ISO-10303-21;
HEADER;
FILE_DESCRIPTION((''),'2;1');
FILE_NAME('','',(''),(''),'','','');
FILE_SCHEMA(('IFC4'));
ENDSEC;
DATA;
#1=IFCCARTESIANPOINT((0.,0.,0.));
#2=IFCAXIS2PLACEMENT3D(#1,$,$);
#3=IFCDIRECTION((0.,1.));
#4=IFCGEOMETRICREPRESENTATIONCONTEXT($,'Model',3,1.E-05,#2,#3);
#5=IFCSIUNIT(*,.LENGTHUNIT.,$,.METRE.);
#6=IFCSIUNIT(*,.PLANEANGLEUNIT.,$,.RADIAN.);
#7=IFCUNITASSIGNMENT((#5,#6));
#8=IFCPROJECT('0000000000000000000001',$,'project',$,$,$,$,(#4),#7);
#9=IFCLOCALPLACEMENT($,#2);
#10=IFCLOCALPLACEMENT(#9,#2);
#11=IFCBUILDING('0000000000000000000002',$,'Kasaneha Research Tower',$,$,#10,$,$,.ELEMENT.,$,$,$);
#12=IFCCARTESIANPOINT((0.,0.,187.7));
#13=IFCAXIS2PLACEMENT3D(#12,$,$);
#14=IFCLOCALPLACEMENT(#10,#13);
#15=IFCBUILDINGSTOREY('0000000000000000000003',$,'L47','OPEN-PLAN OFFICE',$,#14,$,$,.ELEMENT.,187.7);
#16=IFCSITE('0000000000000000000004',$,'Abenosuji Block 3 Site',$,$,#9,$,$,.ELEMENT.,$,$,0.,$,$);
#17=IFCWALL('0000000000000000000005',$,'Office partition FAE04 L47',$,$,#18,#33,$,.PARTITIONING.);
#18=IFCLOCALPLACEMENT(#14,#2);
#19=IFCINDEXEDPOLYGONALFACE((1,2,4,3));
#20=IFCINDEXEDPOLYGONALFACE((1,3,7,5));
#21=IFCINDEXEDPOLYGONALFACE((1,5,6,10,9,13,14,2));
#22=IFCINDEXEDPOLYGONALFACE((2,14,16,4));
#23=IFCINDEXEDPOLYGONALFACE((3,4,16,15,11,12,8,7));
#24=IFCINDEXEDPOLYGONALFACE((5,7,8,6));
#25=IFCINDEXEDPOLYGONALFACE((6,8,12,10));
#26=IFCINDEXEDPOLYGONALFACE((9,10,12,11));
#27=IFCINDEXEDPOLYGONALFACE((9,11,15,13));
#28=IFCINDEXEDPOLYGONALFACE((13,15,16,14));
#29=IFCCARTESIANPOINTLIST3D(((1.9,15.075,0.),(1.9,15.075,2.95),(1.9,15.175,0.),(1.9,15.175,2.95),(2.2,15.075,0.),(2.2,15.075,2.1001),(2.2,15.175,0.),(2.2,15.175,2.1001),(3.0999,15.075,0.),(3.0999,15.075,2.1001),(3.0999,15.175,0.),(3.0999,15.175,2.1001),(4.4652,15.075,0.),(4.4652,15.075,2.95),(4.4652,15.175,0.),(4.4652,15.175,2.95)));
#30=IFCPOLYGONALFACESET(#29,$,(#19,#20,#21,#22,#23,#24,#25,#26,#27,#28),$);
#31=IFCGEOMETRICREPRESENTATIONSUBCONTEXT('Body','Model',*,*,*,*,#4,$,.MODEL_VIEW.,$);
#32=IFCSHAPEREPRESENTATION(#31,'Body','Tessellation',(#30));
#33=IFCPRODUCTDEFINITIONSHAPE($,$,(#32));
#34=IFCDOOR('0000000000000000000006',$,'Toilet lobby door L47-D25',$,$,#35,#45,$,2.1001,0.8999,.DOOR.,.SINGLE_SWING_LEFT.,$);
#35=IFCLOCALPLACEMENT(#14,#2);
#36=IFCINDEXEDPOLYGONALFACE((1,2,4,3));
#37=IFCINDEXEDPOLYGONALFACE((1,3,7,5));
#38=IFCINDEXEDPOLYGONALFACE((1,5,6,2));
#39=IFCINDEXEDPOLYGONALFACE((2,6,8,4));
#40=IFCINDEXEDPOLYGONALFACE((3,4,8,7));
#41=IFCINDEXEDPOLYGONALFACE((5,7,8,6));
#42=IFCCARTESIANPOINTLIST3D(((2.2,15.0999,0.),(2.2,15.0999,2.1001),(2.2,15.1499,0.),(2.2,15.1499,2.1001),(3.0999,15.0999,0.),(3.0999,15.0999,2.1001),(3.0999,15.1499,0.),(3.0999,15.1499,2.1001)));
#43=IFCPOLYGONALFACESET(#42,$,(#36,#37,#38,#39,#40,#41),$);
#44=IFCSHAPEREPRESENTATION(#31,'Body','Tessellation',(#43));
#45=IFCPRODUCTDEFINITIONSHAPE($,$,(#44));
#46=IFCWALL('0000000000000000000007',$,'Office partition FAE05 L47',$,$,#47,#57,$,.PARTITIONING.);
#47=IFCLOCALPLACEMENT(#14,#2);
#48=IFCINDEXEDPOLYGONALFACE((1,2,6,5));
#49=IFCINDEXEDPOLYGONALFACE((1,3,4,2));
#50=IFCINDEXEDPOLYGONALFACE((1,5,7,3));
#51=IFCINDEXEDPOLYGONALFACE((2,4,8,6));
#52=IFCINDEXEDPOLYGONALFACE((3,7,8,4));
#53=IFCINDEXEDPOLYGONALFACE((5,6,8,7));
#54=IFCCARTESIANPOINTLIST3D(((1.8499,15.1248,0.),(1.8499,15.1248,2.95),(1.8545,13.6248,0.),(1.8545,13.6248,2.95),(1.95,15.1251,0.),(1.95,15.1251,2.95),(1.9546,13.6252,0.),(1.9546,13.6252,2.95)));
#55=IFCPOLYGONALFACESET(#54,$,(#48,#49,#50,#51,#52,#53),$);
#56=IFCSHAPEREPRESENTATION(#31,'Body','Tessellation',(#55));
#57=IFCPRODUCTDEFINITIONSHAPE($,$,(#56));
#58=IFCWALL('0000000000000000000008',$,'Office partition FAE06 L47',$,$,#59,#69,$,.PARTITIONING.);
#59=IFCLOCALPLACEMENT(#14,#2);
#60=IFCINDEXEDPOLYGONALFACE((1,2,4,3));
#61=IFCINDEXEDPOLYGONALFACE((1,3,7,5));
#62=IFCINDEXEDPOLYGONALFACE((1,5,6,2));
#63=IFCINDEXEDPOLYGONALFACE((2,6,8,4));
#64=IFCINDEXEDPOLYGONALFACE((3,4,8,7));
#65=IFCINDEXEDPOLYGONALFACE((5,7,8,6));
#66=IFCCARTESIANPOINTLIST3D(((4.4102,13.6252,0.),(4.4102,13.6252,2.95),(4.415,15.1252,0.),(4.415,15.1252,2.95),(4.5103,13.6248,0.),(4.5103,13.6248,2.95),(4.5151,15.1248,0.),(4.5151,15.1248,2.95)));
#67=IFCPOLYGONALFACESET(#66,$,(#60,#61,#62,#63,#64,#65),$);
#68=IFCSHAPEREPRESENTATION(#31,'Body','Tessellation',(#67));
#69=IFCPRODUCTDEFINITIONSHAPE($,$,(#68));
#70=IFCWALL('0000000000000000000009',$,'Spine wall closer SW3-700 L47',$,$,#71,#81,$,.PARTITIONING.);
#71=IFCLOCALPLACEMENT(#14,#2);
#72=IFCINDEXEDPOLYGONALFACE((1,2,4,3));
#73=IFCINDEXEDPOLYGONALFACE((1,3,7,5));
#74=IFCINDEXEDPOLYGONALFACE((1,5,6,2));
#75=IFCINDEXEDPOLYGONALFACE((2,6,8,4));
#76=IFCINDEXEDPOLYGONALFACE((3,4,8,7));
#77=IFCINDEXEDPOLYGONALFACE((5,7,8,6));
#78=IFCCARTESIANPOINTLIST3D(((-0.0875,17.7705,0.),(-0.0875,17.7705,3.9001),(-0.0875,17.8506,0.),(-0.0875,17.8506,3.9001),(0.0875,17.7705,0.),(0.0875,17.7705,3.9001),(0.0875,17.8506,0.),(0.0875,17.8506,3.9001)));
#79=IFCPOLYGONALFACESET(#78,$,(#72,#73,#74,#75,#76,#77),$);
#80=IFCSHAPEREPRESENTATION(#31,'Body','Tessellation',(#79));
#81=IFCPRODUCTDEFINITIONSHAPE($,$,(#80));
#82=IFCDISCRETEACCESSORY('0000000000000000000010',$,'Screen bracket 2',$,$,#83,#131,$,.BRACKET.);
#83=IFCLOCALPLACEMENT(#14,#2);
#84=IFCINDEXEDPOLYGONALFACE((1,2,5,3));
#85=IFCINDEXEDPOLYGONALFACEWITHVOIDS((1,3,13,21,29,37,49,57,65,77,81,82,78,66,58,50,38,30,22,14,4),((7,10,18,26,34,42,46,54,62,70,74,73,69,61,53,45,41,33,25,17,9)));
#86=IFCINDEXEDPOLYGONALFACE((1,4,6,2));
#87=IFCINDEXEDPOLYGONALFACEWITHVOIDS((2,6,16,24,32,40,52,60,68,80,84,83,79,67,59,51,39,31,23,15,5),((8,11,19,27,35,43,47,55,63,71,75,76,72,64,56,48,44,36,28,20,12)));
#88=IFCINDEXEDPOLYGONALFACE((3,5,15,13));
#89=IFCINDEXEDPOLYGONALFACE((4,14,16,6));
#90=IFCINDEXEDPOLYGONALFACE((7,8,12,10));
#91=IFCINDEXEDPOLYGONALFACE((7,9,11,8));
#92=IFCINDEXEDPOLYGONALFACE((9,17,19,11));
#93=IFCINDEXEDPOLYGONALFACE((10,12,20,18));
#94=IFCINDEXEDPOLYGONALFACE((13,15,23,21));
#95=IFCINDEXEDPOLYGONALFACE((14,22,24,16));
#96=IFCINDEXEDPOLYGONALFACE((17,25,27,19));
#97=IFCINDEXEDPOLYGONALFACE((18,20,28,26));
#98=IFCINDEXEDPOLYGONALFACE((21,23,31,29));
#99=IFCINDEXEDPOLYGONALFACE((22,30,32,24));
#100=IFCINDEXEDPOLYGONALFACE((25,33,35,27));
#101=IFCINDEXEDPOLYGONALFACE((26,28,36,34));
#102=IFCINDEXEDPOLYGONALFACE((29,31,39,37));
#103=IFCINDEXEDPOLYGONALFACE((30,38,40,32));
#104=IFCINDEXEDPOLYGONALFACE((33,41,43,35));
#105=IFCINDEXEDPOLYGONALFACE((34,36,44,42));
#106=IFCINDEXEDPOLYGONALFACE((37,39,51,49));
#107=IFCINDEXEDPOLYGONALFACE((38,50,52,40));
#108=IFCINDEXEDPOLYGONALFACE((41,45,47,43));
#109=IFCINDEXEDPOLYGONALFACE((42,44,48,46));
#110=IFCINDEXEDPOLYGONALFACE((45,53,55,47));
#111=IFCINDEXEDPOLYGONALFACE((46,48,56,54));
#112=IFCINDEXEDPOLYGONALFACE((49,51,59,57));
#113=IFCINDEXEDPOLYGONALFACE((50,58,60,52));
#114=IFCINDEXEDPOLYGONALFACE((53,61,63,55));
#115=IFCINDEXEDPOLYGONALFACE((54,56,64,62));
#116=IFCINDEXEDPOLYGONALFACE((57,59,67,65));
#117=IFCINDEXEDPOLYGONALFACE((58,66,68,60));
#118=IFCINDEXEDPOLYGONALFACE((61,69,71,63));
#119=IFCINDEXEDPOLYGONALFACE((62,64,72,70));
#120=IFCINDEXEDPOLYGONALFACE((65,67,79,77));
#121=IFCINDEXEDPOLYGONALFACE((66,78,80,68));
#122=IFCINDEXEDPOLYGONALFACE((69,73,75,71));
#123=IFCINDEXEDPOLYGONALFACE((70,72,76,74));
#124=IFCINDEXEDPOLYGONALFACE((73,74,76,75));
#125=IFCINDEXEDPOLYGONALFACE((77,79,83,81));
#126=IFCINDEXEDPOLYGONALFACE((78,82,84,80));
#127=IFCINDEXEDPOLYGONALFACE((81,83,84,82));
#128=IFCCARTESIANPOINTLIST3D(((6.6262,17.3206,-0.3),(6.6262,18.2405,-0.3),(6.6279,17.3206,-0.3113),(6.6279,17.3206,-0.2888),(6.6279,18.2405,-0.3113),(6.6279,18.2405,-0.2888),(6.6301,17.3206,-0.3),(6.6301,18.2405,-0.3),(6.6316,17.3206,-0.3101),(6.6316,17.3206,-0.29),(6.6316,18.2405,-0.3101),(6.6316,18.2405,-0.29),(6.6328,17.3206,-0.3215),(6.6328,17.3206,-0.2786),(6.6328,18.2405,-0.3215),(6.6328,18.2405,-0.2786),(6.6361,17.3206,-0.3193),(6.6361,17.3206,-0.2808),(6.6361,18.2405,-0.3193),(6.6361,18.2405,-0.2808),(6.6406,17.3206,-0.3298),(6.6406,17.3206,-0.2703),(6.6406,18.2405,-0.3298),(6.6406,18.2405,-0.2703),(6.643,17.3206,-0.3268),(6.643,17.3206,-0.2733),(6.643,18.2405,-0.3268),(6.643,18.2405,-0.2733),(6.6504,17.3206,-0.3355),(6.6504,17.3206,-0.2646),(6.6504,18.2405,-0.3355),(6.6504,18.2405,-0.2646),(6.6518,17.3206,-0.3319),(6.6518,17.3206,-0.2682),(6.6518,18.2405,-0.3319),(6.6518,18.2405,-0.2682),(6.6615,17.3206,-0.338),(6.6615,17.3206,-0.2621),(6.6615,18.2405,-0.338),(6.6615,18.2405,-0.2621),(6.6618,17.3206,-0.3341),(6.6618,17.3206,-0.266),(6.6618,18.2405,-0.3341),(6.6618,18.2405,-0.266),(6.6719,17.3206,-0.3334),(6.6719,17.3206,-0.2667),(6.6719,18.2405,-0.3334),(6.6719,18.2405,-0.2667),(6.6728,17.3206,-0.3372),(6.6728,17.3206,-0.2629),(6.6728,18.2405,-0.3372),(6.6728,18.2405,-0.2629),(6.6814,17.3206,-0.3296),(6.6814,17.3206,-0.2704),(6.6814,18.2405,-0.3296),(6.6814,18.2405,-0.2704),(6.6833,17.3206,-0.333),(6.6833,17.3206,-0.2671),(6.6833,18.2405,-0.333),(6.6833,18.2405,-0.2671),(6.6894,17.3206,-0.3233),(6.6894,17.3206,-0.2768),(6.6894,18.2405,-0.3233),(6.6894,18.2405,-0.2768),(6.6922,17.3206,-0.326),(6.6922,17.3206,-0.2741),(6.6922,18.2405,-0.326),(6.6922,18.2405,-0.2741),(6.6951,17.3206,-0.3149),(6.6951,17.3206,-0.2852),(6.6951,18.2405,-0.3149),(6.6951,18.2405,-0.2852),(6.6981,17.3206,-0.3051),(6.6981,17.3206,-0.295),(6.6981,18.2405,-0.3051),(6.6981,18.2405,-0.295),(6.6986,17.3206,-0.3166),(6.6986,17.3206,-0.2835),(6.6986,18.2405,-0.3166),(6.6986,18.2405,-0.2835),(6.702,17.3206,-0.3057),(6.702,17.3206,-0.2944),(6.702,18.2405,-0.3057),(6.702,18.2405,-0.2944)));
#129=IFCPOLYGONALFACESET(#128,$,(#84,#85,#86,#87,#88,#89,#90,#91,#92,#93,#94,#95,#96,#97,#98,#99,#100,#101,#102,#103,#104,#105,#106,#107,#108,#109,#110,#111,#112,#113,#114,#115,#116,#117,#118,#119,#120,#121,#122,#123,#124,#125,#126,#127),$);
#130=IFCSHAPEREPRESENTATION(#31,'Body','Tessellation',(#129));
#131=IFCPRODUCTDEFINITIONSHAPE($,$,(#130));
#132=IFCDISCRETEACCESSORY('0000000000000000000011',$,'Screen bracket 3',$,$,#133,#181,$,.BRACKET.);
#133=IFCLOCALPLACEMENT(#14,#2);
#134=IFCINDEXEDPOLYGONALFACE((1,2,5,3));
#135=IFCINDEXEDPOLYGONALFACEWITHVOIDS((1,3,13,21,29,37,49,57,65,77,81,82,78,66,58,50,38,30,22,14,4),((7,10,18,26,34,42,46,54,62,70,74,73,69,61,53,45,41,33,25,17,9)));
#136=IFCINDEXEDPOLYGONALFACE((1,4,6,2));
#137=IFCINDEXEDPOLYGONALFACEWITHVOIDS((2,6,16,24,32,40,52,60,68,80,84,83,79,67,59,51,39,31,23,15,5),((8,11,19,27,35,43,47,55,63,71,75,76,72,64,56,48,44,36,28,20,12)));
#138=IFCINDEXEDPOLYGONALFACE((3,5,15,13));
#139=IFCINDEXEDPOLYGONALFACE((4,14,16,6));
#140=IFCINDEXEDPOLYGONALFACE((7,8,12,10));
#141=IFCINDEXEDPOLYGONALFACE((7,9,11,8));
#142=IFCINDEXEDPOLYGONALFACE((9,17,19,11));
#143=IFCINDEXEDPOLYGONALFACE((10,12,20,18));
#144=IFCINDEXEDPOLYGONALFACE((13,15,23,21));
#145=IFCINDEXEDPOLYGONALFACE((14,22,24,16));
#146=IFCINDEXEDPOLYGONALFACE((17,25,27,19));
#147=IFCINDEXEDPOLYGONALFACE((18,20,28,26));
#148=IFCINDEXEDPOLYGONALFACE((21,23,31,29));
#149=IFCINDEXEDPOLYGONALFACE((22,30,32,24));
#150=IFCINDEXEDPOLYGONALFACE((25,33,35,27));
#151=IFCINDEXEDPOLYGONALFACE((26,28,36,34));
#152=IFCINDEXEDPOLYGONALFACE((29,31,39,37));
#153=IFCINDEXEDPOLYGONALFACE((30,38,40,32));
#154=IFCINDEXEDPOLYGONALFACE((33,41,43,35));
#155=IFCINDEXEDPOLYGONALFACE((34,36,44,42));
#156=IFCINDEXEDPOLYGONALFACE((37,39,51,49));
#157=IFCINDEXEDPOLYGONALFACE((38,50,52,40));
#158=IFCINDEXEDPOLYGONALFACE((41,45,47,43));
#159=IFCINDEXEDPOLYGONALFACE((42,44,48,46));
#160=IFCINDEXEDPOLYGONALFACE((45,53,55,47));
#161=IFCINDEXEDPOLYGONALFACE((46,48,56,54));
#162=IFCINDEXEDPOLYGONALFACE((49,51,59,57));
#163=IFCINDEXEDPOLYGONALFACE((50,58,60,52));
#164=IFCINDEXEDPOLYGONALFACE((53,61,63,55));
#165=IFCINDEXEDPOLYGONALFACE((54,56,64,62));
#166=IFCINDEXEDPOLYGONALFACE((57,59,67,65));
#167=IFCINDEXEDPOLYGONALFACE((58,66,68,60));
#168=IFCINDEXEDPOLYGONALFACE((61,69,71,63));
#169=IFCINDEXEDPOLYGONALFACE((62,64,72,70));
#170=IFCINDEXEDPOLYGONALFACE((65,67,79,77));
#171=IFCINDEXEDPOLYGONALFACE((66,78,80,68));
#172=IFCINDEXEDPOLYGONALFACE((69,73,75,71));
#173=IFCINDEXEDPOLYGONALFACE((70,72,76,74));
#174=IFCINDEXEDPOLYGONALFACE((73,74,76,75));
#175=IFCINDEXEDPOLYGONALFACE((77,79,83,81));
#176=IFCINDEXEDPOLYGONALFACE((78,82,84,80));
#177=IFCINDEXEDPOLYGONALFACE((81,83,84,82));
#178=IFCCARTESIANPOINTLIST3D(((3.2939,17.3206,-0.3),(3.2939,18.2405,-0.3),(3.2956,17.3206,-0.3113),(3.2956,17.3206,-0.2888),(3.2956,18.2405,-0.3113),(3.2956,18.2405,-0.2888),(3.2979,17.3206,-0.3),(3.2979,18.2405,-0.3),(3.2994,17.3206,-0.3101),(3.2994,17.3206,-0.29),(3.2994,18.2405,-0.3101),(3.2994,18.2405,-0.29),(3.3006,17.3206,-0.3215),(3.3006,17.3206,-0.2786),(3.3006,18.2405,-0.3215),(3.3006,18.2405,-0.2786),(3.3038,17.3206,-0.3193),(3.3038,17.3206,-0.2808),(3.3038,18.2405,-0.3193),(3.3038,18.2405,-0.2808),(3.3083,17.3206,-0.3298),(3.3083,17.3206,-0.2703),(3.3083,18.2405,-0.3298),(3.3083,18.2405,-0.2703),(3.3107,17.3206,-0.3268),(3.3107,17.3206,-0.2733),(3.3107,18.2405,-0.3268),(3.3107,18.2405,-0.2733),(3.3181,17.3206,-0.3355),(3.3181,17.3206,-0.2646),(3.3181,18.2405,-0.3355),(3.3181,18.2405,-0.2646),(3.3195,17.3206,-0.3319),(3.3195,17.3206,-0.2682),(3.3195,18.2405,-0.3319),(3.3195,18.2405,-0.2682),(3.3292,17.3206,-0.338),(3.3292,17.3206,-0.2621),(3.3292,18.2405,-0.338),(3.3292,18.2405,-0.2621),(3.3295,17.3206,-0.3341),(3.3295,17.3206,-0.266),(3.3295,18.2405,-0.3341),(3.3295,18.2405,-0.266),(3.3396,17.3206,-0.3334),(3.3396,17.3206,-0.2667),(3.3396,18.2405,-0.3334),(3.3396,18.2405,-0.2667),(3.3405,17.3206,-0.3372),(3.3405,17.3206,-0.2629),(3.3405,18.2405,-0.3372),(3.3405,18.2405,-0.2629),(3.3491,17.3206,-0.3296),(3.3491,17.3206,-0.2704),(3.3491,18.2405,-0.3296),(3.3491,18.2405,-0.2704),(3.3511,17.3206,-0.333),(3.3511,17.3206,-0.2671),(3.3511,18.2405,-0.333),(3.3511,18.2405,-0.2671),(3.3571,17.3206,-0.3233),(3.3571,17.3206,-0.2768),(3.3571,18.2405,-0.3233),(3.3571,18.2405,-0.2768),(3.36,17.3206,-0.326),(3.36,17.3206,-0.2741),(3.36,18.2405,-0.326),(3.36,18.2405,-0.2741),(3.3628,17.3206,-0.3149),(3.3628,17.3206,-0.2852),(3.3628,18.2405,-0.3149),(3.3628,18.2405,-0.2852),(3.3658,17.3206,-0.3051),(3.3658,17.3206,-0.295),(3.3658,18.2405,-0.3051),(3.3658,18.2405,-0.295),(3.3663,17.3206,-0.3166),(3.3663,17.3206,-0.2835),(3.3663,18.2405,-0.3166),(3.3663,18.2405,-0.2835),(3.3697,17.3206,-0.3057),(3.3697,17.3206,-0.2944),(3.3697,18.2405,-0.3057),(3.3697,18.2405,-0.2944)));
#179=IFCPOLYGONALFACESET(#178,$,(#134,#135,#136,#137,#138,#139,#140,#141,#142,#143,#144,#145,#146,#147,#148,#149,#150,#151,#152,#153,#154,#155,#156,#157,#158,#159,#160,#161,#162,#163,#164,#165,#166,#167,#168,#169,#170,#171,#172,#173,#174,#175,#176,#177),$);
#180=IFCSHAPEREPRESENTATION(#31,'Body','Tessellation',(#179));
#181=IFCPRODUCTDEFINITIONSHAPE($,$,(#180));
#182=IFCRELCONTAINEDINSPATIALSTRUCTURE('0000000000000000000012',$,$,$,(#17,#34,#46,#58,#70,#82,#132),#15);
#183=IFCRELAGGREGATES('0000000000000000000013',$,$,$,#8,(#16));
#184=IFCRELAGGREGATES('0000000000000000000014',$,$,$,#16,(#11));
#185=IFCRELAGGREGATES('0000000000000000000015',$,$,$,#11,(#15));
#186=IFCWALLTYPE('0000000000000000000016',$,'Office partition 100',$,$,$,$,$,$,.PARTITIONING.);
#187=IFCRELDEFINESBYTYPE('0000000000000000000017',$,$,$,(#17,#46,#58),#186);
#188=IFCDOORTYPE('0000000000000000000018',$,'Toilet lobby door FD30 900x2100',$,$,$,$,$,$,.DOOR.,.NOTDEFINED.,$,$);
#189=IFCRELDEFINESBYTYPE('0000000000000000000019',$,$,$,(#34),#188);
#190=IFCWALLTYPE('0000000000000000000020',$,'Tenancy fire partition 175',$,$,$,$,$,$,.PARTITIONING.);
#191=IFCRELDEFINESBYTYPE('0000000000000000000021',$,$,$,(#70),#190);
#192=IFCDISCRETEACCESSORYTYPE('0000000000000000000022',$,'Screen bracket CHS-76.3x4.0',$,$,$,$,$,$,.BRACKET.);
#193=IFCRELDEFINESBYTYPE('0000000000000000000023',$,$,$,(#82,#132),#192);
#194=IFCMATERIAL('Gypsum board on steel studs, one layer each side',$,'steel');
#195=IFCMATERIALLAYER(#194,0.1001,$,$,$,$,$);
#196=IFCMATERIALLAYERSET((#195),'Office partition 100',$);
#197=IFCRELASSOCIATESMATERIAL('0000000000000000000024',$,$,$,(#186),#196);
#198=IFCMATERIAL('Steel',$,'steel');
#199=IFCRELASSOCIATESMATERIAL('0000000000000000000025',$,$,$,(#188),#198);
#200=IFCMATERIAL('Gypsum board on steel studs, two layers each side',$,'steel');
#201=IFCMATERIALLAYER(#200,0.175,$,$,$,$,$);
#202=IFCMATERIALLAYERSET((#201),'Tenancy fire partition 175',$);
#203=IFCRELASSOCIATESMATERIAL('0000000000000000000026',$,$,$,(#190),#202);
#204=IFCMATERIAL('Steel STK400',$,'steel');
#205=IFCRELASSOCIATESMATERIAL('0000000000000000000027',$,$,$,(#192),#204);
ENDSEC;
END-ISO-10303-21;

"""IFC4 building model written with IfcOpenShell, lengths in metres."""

from ifc_helpers import new_model, si_unit, direction, frame, frame_2d, origin, origin_2d, place, context, subcontext, project, spatial, rectangle, hollow_circle, extrude, material, layer, layer_set, material_profile, profile_set, type_object, element, fill, save


model = new_model("IFC4")

# Units and contexts
model_context = context("Model", 3, precision=1e-05, world=origin(), true_north=direction((0.0, 1.0)))
body_context = subcontext(model_context, "Body", "Model", "MODEL_VIEW")
ifc_project = project(units=[si_unit("LENGTHUNIT", "METRE"), si_unit("PLANEANGLEUNIT", "RADIAN")], contexts=[model_context])

# Site, building, storey
site_placement = place(None, origin())
site = spatial("IfcSite", under=ifc_project, at=site_placement, Name="Abenosuji Block 3 Site", CompositionType="ELEMENT", RefElevation=0.0)
building_placement = place(site_placement, origin())
building = spatial("IfcBuilding", under=site, at=building_placement, Name="Kasaneha Research Tower", CompositionType="ELEMENT")
storey_placement = place(building_placement, frame((0.0, 0.0, 187.7)))
storey = spatial("IfcBuildingStorey", under=building, at=storey_placement, Name="L47", Description="OPEN-PLAN OFFICE", CompositionType="ELEMENT", Elevation=187.7)

# Shared definitions
ifc_material_1 = material(Name="Gypsum board on steel studs, one layer each side", Category="steel")
ifc_layer_1 = layer(ifc_material_1, 0.1001)
ifc_layer_set_1 = layer_set([ifc_layer_1], Name="Office partition 100")
wall_type_1 = type_object("IfcWallType", Name="Office partition 100", PredefinedType="PARTITIONING", material=ifc_layer_set_1)
ifc_material_2 = material(Name="Steel", Category="steel")
door_type = type_object("IfcDoorType", Name="Toilet lobby door FD30 900x2100", OperationType="NOTDEFINED", PredefinedType="DOOR", material=ifc_material_2)

# Wall, opening, door
wall_1_placement = place(storey_placement, frame((1.8999, 15.125, 0.0), z_axis=(0.0, 0.0, 1.0), x_axis=(1.0, 0.0, 0.0)))
wall_1 = element("IfcWall", 1, at=wall_1_placement, inside=storey, type_object=wall_type_1, Name="Office partition FAE04 L47", PredefinedType="PARTITIONING", context=body_context, shape_type="SweptSolid", body=[
    extrude(rectangle(XDim=2.5652, YDim=0.1001, at=frame_2d((1.2827, 0.0))), origin(), (0.0, 0.0, 1.0), 2.95),
])
opening_1_placement = place(wall_1_placement, frame((0.3, 0.0, 0.0)))
opening_1 = element("IfcOpeningElement", 2, at=opening_1_placement, cuts=wall_1, PredefinedType="OPENING", context=body_context, shape_type="SweptSolid", body=[
    extrude(rectangle(XDim=0.8999, YDim=2.1001, at=frame_2d((0.45, 1.05))), frame((0.0, 0.0601, 0.0), z_axis=(0.0, -1.0, 0.0), x_axis=(1.0, 0.0, 0.0)), (0.0, 0.0, 1.0), 0.1201),
])
door_1_placement = place(opening_1_placement, origin())
door_1 = element("IfcDoor", 3, at=door_1_placement, inside=storey, type_object=door_type, Name="Toilet lobby door L47-D25", OperationType="SINGLE_SWING_LEFT", OverallHeight=2.1001, OverallWidth=0.8999, PredefinedType="DOOR", context=body_context, shape_type="SweptSolid", body=[
    extrude(rectangle(XDim=0.8999, YDim=2.1001, at=frame_2d((0.45, 1.05))), frame((0.0, 0.0249, 0.0), z_axis=(0.0, -1.0, 0.0), x_axis=(1.0, 0.0, 0.0)), (0.0, 0.0, 1.0), 0.05),
])
fill(opening_1, door_1)

# Walls
for number, where, z_axis, x_axis, name in (
    (4, (1.9045, 13.625, 0.0), (0.0, 0.0, 1.0), (-0.003092, 0.999995, 0.0), "Office partition FAE05 L47"),
    (5, (4.4651, 15.125, 0.0), (0.0, 0.0, 1.0), (-0.003255, -0.999995, 0.0), "Office partition FAE06 L47"),
):
    element("IfcWall", number, at=place(storey_placement, frame(where, z_axis=z_axis, x_axis=x_axis)), inside=storey, type_object=wall_type_1, Name=name, PredefinedType="PARTITIONING", context=body_context, shape_type="SweptSolid", body=[
        extrude(rectangle(XDim=1.5, YDim=0.1001, at=frame_2d((0.75, 0.0))), origin(), (0.0, 0.0, 1.0), 2.95),
    ])
ifc_material_3 = material(Name="Gypsum board on steel studs, two layers each side", Category="steel")
ifc_layer_2 = layer(ifc_material_3, 0.175)
ifc_layer_set_2 = layer_set([ifc_layer_2], Name="Tenancy fire partition 175")
wall_type_2 = type_object("IfcWallType", Name="Tenancy fire partition 175", PredefinedType="PARTITIONING", material=ifc_layer_set_2)
wall_2_placement = place(storey_placement, frame((0.0, 17.7705, 0.0), z_axis=(0.0, 0.0, 1.0), x_axis=(0.0, 1.0, 0.0)))
element("IfcWall", 6, at=wall_2_placement, inside=storey, type_object=wall_type_2, Name="Spine wall closer SW3-700 L47", PredefinedType="PARTITIONING", context=body_context, shape_type="SweptSolid", body=[
    extrude(rectangle(XDim=0.0801, YDim=0.175, at=frame_2d((0.04, 0.0))), origin(), (0.0, 0.0, 1.0), 3.9001),
])

# Discrete accessories
ifc_material_4 = material(Name="Steel STK400", Category="steel")
ifc_material_profile_1 = material_profile(ifc_material_4, hollow_circle(Radius=0.0381, WallThickness=0.0039, at=origin_2d()), Name="CHS-76.3x4.0")
ifc_profile_set_1 = profile_set([ifc_material_profile_1], Name="Steel STK400")
discrete_accessory_type = type_object("IfcDiscreteAccessoryType", Name="Screen bracket CHS-76.3x4.0", PredefinedType="BRACKET", material=ifc_profile_set_1)
for number, where, z_axis, x_axis, name in (
    (7, (6.6643, 17.3206, -0.3), (0.0, 1.0, 0.0), (-1.0, 0.0, 0.0), "Screen bracket 2"),
    (8, (3.332, 17.3206, -0.3), (0.0, 1.0, 0.0), (-1.0, 0.0, 0.0), "Screen bracket 3"),
):
    element("IfcDiscreteAccessory", number, at=place(storey_placement, frame(where, z_axis=z_axis, x_axis=x_axis)), inside=storey, type_object=discrete_accessory_type, Name=name, PredefinedType="BRACKET", context=body_context, shape_type="SweptSolid", body=[
        extrude(hollow_circle(Radius=0.0381, WallThickness=0.0039, at=origin_2d()), origin(), (0.0, 0.0, 1.0), 0.9199),
    ])

save(model, "model.ifc")
